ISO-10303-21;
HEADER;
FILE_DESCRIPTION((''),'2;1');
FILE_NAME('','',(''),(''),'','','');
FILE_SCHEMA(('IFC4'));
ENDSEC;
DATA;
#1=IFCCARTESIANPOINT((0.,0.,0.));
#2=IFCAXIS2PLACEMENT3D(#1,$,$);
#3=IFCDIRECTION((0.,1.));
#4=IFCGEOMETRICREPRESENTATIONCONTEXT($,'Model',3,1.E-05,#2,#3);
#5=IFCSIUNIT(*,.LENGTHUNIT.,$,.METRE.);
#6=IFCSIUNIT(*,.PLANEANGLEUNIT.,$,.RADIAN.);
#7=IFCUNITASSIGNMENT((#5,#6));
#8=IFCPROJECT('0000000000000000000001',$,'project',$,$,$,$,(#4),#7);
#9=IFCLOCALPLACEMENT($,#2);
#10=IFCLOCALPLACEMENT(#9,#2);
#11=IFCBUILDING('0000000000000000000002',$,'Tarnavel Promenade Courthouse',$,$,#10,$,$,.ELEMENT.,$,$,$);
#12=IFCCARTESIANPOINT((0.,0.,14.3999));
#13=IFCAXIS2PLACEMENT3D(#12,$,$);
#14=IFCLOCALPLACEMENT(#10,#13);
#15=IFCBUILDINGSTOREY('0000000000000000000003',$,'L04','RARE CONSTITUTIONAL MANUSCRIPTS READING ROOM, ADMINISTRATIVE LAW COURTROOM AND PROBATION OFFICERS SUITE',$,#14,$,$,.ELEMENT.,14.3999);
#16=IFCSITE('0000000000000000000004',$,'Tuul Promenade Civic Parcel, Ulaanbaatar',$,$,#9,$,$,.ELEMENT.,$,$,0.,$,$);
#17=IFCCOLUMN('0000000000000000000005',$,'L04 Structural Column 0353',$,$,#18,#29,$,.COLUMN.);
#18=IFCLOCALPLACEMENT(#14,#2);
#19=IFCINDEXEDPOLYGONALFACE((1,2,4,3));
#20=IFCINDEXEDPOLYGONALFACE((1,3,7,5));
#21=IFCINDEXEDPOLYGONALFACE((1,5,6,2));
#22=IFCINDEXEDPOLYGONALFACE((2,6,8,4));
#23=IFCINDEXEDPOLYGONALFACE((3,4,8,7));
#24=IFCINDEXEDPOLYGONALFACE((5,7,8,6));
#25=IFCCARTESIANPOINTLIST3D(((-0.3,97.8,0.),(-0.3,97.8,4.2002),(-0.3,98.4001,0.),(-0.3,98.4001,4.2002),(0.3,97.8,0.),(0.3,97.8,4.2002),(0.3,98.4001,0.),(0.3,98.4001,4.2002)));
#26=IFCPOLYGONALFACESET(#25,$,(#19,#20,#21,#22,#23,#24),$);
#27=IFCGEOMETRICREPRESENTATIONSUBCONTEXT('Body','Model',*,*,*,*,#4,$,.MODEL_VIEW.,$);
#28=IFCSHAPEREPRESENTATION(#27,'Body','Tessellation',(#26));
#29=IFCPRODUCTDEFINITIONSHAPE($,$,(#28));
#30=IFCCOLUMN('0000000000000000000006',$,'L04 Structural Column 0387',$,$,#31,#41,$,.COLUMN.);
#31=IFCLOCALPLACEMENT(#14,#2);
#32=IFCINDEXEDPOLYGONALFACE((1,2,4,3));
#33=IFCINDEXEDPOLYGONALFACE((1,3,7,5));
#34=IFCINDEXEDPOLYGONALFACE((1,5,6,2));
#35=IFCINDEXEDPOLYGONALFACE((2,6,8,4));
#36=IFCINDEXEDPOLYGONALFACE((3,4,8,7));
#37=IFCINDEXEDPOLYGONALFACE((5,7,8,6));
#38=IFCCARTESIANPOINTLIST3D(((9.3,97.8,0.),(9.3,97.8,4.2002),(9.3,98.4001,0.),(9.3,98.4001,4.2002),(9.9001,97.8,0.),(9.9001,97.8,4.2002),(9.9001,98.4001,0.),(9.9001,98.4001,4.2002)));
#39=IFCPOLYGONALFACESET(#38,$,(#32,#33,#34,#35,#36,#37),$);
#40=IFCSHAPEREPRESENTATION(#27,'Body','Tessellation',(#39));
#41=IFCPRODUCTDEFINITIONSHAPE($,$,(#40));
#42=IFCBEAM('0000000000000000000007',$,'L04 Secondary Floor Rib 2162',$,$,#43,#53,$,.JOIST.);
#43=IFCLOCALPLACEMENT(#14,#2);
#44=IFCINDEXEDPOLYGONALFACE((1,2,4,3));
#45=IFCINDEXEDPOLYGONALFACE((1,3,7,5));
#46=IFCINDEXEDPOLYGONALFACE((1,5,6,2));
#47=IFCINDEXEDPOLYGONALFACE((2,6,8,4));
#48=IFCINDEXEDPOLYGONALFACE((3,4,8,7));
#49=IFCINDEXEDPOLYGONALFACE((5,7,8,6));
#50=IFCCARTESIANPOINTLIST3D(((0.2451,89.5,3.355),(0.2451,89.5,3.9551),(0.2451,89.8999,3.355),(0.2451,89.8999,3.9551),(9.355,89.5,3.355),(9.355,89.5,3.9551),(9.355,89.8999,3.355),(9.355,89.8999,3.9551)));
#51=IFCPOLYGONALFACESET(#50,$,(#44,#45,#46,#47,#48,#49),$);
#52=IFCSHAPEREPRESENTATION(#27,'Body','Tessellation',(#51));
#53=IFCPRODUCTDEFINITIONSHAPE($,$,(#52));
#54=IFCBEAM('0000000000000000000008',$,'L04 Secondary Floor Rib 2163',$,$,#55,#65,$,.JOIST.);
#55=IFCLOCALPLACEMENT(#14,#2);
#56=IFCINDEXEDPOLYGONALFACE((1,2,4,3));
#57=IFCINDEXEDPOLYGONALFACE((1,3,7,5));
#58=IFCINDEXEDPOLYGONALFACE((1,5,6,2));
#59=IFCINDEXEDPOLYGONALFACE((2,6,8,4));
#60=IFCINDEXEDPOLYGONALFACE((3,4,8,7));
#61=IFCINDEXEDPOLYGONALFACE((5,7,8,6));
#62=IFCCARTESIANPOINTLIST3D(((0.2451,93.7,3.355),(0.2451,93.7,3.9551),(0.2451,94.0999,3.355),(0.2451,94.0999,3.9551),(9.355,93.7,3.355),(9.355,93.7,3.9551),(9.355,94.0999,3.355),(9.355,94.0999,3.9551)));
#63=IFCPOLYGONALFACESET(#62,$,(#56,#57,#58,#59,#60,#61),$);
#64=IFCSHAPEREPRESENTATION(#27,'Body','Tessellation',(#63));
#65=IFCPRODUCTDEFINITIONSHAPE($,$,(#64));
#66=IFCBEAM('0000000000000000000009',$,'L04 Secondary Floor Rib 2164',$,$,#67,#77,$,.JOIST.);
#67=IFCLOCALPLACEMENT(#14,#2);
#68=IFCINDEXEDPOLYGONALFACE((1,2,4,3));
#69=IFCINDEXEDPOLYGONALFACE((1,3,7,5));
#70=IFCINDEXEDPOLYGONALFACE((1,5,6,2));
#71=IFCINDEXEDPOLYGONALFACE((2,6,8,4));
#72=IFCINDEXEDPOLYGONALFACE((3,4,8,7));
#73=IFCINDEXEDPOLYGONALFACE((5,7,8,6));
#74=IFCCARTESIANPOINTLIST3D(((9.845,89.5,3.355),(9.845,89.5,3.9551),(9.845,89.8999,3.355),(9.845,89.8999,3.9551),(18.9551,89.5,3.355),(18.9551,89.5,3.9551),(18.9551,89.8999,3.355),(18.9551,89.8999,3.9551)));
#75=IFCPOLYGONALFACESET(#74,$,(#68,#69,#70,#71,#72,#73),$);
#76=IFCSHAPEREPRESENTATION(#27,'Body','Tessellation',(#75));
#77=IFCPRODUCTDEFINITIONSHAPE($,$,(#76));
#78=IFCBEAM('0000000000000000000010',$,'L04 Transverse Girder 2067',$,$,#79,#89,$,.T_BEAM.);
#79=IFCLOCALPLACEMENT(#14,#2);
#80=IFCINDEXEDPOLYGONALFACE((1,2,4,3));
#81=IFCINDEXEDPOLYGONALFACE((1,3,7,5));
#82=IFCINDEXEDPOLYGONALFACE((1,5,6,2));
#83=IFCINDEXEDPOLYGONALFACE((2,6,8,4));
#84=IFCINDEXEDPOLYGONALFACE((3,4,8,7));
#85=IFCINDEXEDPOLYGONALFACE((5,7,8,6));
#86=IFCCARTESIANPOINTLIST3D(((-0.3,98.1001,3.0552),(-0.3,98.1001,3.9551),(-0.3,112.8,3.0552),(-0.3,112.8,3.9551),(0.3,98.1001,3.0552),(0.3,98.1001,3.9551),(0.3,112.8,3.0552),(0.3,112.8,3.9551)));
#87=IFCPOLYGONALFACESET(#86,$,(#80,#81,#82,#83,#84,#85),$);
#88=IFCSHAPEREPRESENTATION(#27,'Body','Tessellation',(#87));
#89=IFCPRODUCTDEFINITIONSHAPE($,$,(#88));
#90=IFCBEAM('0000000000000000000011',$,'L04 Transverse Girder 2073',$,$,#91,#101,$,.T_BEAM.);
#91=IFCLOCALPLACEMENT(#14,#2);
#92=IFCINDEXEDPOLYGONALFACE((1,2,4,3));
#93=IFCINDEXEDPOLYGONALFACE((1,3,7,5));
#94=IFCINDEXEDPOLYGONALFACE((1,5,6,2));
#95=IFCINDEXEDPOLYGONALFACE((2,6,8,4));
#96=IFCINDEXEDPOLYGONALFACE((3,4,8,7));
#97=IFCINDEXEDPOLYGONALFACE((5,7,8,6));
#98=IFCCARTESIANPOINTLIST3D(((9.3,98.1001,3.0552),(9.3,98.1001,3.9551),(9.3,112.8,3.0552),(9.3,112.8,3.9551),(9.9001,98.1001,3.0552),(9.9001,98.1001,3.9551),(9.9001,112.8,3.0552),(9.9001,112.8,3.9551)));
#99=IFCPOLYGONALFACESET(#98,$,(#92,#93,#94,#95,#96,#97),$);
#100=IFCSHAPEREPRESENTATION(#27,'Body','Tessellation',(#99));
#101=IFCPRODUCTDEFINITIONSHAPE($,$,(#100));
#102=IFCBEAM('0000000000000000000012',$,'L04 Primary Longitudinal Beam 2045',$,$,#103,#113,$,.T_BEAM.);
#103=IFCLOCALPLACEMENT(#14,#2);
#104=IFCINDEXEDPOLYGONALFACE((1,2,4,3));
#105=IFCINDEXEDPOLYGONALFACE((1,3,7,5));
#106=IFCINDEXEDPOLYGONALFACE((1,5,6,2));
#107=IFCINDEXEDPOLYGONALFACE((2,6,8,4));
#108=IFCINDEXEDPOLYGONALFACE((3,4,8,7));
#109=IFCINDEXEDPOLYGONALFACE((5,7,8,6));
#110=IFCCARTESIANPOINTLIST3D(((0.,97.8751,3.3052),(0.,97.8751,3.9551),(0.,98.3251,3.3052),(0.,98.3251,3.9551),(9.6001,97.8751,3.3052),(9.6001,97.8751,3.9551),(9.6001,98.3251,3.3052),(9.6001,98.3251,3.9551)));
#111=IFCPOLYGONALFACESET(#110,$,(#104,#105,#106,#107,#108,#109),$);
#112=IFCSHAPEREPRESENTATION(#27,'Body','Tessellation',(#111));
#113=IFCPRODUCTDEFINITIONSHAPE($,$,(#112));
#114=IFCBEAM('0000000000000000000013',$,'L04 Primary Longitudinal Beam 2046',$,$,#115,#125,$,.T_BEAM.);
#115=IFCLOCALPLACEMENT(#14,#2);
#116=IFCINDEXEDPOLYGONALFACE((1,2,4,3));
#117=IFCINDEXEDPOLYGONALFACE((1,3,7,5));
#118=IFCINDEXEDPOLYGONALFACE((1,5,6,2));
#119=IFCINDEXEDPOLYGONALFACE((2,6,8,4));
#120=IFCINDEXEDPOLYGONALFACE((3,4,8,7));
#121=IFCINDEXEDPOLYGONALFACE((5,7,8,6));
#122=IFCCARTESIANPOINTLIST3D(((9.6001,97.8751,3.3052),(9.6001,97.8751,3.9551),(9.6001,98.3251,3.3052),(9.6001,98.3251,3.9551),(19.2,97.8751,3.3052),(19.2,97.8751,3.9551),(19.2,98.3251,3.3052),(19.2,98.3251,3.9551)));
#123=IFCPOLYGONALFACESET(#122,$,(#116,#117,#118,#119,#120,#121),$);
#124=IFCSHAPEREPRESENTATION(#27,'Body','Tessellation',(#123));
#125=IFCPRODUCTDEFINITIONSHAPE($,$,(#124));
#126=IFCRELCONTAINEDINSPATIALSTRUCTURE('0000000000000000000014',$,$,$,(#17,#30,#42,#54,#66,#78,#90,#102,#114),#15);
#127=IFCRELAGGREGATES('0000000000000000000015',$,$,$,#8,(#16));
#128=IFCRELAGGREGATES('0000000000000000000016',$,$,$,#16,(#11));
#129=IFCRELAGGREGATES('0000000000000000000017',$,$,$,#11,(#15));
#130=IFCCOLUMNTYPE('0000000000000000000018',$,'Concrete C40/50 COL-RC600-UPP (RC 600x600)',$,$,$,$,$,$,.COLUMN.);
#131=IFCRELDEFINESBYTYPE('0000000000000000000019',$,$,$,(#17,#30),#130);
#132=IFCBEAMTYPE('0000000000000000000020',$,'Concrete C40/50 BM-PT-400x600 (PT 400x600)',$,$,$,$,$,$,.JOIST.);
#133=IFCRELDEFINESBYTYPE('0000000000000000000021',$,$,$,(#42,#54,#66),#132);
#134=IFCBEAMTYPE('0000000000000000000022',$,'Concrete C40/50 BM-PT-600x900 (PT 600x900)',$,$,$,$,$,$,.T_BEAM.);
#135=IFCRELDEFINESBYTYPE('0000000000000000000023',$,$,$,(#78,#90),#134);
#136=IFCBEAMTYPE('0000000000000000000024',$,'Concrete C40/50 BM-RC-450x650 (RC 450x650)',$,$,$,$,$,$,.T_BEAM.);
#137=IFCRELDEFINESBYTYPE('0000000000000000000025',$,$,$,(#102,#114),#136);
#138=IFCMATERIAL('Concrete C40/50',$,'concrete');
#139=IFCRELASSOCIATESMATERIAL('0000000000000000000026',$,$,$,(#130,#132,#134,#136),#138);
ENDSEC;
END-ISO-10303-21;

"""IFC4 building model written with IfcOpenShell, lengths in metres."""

from ifc_helpers import new_model, si_unit, direction, frame, origin, origin_2d, place, context, subcontext, project, spatial, rectangle, extrude, material, material_profile, profile_set, type_object, element, save


model = new_model("IFC4")

# Units and contexts
model_context = context("Model", 3, precision=1e-05, world=origin(), true_north=direction((0.0, 1.0)))
body_context = subcontext(model_context, "Body", "Model", "MODEL_VIEW")
ifc_project = project(units=[si_unit("LENGTHUNIT", "METRE"), si_unit("PLANEANGLEUNIT", "RADIAN")], contexts=[model_context])

# Site, building, storey
site_placement = place(None, origin())
site = spatial("IfcSite", under=ifc_project, at=site_placement, Name="Tuul Promenade Civic Parcel, Ulaanbaatar", CompositionType="ELEMENT", RefElevation=0.0)
building_placement = place(site_placement, origin())
building = spatial("IfcBuilding", under=site, at=building_placement, Name="Tarnavel Promenade Courthouse", CompositionType="ELEMENT")
storey_placement = place(building_placement, frame((0.0, 0.0, 14.3999)))
storey = spatial("IfcBuildingStorey", under=building, at=storey_placement, Name="L04", Description="RARE CONSTITUTIONAL MANUSCRIPTS READING ROOM, ADMINISTRATIVE LAW COURTROOM AND PROBATION OFFICERS SUITE", CompositionType="ELEMENT", Elevation=14.3999)

# Columns
ifc_material_1 = material(Name="Concrete C40/50", Category="concrete")
ifc_material_profile_1 = material_profile(ifc_material_1, rectangle(XDim=0.6001, YDim=0.6001, at=origin_2d()), Name="RC 600x600")
ifc_profile_set_1 = profile_set([ifc_material_profile_1], Name="Concrete C40/50")
column_type = type_object("IfcColumnType", Name="Concrete C40/50 COL-RC600-UPP (RC 600x600)", PredefinedType="COLUMN", material=ifc_profile_set_1)
for number, where, z_axis, x_axis, name in (
    (1, (0.0, 98.1001, 0.0), (0.0, 0.0, 1.0), (1.0, 0.0, 0.0), "L04 Structural Column 0353"),
    (2, (9.6001, 98.1001, 0.0), (0.0, 0.0, 1.0), (1.0, 0.0, 0.0), "L04 Structural Column 0387"),
):
    element("IfcColumn", number, at=place(storey_placement, frame(where, z_axis=z_axis, x_axis=x_axis)), inside=storey, type_object=column_type, Name=name, PredefinedType="COLUMN", context=body_context, shape_type="SweptSolid", body=[
        extrude(rectangle(XDim=0.6001, YDim=0.6001, at=origin_2d()), origin(), (0.0, 0.0, 1.0), 4.2002),
    ])

# Beams
ifc_material_profile_2 = material_profile(ifc_material_1, rectangle(XDim=0.3999, YDim=0.6001, at=origin_2d()), Name="PT 400x600")
ifc_profile_set_2 = profile_set([ifc_material_profile_2], Name="Concrete C40/50")
beam_type_1 = type_object("IfcBeamType", Name="Concrete C40/50 BM-PT-400x600 (PT 400x600)", PredefinedType="JOIST", material=ifc_profile_set_2)
for number, where, z_axis, x_axis, name in (
    (3, (0.2451, 89.7, 3.655), (1.0, 0.0, 0.0), (0.0, 1.0, 0.0), "L04 Secondary Floor Rib 2162"),
    (4, (0.2451, 93.8999, 3.655), (1.0, 0.0, 0.0), (0.0, 1.0, 0.0), "L04 Secondary Floor Rib 2163"),
):
    element("IfcBeam", number, at=place(storey_placement, frame(where, z_axis=z_axis, x_axis=x_axis)), inside=storey, type_object=beam_type_1, Name=name, PredefinedType="JOIST", context=body_context, shape_type="SweptSolid", body=[
        extrude(rectangle(XDim=0.3999, YDim=0.6001, at=origin_2d()), origin(), (0.0, 0.0, 1.0), 9.1099),
    ])
beam_1_placement = place(storey_placement, frame((9.845, 89.7, 3.655), z_axis=(1.0, 0.0, 0.0), x_axis=(0.0, 1.0, 0.0)))
element("IfcBeam", 5, at=beam_1_placement, inside=storey, type_object=beam_type_1, Name="L04 Secondary Floor Rib 2164", PredefinedType="JOIST", context=body_context, shape_type="SweptSolid", body=[
    extrude(rectangle(XDim=0.3999, YDim=0.6001, at=origin_2d()), origin(), (0.0, 0.0, 1.0), 9.1101),
])
ifc_material_profile_3 = material_profile(ifc_material_1, rectangle(XDim=0.6001, YDim=0.8999, at=origin_2d()), Name="PT 600x900")
ifc_profile_set_3 = profile_set([ifc_material_profile_3], Name="Concrete C40/50")
beam_type_2 = type_object("IfcBeamType", Name="Concrete C40/50 BM-PT-600x900 (PT 600x900)", PredefinedType="T_BEAM", material=ifc_profile_set_3)
for number, where, z_axis, x_axis, name in (
    (6, (0.0, 98.1001, 3.5051), (0.0, 1.0, 0.0), (-1.0, 0.0, 0.0), "L04 Transverse Girder 2067"),
    (7, (9.6001, 98.1001, 3.5051), (0.0, 1.0, 0.0), (-1.0, 0.0, 0.0), "L04 Transverse Girder 2073"),
):
    element("IfcBeam", number, at=place(storey_placement, frame(where, z_axis=z_axis, x_axis=x_axis)), inside=storey, type_object=beam_type_2, Name=name, PredefinedType="T_BEAM", context=body_context, shape_type="SweptSolid", body=[
        extrude(rectangle(XDim=0.6001, YDim=0.8999, at=origin_2d()), origin(), (0.0, 0.0, 1.0), 14.7),
    ])
ifc_material_profile_4 = material_profile(ifc_material_1, rectangle(XDim=0.45, YDim=0.6499, at=origin_2d()), Name="RC 450x650")
ifc_profile_set_4 = profile_set([ifc_material_profile_4], Name="Concrete C40/50")
beam_type_3 = type_object("IfcBeamType", Name="Concrete C40/50 BM-RC-450x650 (RC 450x650)", PredefinedType="T_BEAM", material=ifc_profile_set_4)
beam_2_placement = place(storey_placement, frame((0.0, 98.1001, 3.6301), z_axis=(1.0, 0.0, 0.0), x_axis=(0.0, 1.0, 0.0)))
element("IfcBeam", 8, at=beam_2_placement, inside=storey, type_object=beam_type_3, Name="L04 Primary Longitudinal Beam 2045", PredefinedType="T_BEAM", context=body_context, shape_type="SweptSolid", body=[
    extrude(rectangle(XDim=0.45, YDim=0.6499, at=origin_2d()), origin(), (0.0, 0.0, 1.0), 9.6001),
])
beam_3_placement = place(storey_placement, frame((9.6001, 98.1001, 3.6301), z_axis=(1.0, 0.0, 0.0), x_axis=(0.0, 1.0, 0.0)))
element("IfcBeam", 9, at=beam_3_placement, inside=storey, type_object=beam_type_3, Name="L04 Primary Longitudinal Beam 2046", PredefinedType="T_BEAM", context=body_context, shape_type="SweptSolid", body=[
    extrude(rectangle(XDim=0.45, YDim=0.6499, at=origin_2d()), origin(), (0.0, 0.0, 1.0), 9.5999),
])

save(model, "model.ifc")
